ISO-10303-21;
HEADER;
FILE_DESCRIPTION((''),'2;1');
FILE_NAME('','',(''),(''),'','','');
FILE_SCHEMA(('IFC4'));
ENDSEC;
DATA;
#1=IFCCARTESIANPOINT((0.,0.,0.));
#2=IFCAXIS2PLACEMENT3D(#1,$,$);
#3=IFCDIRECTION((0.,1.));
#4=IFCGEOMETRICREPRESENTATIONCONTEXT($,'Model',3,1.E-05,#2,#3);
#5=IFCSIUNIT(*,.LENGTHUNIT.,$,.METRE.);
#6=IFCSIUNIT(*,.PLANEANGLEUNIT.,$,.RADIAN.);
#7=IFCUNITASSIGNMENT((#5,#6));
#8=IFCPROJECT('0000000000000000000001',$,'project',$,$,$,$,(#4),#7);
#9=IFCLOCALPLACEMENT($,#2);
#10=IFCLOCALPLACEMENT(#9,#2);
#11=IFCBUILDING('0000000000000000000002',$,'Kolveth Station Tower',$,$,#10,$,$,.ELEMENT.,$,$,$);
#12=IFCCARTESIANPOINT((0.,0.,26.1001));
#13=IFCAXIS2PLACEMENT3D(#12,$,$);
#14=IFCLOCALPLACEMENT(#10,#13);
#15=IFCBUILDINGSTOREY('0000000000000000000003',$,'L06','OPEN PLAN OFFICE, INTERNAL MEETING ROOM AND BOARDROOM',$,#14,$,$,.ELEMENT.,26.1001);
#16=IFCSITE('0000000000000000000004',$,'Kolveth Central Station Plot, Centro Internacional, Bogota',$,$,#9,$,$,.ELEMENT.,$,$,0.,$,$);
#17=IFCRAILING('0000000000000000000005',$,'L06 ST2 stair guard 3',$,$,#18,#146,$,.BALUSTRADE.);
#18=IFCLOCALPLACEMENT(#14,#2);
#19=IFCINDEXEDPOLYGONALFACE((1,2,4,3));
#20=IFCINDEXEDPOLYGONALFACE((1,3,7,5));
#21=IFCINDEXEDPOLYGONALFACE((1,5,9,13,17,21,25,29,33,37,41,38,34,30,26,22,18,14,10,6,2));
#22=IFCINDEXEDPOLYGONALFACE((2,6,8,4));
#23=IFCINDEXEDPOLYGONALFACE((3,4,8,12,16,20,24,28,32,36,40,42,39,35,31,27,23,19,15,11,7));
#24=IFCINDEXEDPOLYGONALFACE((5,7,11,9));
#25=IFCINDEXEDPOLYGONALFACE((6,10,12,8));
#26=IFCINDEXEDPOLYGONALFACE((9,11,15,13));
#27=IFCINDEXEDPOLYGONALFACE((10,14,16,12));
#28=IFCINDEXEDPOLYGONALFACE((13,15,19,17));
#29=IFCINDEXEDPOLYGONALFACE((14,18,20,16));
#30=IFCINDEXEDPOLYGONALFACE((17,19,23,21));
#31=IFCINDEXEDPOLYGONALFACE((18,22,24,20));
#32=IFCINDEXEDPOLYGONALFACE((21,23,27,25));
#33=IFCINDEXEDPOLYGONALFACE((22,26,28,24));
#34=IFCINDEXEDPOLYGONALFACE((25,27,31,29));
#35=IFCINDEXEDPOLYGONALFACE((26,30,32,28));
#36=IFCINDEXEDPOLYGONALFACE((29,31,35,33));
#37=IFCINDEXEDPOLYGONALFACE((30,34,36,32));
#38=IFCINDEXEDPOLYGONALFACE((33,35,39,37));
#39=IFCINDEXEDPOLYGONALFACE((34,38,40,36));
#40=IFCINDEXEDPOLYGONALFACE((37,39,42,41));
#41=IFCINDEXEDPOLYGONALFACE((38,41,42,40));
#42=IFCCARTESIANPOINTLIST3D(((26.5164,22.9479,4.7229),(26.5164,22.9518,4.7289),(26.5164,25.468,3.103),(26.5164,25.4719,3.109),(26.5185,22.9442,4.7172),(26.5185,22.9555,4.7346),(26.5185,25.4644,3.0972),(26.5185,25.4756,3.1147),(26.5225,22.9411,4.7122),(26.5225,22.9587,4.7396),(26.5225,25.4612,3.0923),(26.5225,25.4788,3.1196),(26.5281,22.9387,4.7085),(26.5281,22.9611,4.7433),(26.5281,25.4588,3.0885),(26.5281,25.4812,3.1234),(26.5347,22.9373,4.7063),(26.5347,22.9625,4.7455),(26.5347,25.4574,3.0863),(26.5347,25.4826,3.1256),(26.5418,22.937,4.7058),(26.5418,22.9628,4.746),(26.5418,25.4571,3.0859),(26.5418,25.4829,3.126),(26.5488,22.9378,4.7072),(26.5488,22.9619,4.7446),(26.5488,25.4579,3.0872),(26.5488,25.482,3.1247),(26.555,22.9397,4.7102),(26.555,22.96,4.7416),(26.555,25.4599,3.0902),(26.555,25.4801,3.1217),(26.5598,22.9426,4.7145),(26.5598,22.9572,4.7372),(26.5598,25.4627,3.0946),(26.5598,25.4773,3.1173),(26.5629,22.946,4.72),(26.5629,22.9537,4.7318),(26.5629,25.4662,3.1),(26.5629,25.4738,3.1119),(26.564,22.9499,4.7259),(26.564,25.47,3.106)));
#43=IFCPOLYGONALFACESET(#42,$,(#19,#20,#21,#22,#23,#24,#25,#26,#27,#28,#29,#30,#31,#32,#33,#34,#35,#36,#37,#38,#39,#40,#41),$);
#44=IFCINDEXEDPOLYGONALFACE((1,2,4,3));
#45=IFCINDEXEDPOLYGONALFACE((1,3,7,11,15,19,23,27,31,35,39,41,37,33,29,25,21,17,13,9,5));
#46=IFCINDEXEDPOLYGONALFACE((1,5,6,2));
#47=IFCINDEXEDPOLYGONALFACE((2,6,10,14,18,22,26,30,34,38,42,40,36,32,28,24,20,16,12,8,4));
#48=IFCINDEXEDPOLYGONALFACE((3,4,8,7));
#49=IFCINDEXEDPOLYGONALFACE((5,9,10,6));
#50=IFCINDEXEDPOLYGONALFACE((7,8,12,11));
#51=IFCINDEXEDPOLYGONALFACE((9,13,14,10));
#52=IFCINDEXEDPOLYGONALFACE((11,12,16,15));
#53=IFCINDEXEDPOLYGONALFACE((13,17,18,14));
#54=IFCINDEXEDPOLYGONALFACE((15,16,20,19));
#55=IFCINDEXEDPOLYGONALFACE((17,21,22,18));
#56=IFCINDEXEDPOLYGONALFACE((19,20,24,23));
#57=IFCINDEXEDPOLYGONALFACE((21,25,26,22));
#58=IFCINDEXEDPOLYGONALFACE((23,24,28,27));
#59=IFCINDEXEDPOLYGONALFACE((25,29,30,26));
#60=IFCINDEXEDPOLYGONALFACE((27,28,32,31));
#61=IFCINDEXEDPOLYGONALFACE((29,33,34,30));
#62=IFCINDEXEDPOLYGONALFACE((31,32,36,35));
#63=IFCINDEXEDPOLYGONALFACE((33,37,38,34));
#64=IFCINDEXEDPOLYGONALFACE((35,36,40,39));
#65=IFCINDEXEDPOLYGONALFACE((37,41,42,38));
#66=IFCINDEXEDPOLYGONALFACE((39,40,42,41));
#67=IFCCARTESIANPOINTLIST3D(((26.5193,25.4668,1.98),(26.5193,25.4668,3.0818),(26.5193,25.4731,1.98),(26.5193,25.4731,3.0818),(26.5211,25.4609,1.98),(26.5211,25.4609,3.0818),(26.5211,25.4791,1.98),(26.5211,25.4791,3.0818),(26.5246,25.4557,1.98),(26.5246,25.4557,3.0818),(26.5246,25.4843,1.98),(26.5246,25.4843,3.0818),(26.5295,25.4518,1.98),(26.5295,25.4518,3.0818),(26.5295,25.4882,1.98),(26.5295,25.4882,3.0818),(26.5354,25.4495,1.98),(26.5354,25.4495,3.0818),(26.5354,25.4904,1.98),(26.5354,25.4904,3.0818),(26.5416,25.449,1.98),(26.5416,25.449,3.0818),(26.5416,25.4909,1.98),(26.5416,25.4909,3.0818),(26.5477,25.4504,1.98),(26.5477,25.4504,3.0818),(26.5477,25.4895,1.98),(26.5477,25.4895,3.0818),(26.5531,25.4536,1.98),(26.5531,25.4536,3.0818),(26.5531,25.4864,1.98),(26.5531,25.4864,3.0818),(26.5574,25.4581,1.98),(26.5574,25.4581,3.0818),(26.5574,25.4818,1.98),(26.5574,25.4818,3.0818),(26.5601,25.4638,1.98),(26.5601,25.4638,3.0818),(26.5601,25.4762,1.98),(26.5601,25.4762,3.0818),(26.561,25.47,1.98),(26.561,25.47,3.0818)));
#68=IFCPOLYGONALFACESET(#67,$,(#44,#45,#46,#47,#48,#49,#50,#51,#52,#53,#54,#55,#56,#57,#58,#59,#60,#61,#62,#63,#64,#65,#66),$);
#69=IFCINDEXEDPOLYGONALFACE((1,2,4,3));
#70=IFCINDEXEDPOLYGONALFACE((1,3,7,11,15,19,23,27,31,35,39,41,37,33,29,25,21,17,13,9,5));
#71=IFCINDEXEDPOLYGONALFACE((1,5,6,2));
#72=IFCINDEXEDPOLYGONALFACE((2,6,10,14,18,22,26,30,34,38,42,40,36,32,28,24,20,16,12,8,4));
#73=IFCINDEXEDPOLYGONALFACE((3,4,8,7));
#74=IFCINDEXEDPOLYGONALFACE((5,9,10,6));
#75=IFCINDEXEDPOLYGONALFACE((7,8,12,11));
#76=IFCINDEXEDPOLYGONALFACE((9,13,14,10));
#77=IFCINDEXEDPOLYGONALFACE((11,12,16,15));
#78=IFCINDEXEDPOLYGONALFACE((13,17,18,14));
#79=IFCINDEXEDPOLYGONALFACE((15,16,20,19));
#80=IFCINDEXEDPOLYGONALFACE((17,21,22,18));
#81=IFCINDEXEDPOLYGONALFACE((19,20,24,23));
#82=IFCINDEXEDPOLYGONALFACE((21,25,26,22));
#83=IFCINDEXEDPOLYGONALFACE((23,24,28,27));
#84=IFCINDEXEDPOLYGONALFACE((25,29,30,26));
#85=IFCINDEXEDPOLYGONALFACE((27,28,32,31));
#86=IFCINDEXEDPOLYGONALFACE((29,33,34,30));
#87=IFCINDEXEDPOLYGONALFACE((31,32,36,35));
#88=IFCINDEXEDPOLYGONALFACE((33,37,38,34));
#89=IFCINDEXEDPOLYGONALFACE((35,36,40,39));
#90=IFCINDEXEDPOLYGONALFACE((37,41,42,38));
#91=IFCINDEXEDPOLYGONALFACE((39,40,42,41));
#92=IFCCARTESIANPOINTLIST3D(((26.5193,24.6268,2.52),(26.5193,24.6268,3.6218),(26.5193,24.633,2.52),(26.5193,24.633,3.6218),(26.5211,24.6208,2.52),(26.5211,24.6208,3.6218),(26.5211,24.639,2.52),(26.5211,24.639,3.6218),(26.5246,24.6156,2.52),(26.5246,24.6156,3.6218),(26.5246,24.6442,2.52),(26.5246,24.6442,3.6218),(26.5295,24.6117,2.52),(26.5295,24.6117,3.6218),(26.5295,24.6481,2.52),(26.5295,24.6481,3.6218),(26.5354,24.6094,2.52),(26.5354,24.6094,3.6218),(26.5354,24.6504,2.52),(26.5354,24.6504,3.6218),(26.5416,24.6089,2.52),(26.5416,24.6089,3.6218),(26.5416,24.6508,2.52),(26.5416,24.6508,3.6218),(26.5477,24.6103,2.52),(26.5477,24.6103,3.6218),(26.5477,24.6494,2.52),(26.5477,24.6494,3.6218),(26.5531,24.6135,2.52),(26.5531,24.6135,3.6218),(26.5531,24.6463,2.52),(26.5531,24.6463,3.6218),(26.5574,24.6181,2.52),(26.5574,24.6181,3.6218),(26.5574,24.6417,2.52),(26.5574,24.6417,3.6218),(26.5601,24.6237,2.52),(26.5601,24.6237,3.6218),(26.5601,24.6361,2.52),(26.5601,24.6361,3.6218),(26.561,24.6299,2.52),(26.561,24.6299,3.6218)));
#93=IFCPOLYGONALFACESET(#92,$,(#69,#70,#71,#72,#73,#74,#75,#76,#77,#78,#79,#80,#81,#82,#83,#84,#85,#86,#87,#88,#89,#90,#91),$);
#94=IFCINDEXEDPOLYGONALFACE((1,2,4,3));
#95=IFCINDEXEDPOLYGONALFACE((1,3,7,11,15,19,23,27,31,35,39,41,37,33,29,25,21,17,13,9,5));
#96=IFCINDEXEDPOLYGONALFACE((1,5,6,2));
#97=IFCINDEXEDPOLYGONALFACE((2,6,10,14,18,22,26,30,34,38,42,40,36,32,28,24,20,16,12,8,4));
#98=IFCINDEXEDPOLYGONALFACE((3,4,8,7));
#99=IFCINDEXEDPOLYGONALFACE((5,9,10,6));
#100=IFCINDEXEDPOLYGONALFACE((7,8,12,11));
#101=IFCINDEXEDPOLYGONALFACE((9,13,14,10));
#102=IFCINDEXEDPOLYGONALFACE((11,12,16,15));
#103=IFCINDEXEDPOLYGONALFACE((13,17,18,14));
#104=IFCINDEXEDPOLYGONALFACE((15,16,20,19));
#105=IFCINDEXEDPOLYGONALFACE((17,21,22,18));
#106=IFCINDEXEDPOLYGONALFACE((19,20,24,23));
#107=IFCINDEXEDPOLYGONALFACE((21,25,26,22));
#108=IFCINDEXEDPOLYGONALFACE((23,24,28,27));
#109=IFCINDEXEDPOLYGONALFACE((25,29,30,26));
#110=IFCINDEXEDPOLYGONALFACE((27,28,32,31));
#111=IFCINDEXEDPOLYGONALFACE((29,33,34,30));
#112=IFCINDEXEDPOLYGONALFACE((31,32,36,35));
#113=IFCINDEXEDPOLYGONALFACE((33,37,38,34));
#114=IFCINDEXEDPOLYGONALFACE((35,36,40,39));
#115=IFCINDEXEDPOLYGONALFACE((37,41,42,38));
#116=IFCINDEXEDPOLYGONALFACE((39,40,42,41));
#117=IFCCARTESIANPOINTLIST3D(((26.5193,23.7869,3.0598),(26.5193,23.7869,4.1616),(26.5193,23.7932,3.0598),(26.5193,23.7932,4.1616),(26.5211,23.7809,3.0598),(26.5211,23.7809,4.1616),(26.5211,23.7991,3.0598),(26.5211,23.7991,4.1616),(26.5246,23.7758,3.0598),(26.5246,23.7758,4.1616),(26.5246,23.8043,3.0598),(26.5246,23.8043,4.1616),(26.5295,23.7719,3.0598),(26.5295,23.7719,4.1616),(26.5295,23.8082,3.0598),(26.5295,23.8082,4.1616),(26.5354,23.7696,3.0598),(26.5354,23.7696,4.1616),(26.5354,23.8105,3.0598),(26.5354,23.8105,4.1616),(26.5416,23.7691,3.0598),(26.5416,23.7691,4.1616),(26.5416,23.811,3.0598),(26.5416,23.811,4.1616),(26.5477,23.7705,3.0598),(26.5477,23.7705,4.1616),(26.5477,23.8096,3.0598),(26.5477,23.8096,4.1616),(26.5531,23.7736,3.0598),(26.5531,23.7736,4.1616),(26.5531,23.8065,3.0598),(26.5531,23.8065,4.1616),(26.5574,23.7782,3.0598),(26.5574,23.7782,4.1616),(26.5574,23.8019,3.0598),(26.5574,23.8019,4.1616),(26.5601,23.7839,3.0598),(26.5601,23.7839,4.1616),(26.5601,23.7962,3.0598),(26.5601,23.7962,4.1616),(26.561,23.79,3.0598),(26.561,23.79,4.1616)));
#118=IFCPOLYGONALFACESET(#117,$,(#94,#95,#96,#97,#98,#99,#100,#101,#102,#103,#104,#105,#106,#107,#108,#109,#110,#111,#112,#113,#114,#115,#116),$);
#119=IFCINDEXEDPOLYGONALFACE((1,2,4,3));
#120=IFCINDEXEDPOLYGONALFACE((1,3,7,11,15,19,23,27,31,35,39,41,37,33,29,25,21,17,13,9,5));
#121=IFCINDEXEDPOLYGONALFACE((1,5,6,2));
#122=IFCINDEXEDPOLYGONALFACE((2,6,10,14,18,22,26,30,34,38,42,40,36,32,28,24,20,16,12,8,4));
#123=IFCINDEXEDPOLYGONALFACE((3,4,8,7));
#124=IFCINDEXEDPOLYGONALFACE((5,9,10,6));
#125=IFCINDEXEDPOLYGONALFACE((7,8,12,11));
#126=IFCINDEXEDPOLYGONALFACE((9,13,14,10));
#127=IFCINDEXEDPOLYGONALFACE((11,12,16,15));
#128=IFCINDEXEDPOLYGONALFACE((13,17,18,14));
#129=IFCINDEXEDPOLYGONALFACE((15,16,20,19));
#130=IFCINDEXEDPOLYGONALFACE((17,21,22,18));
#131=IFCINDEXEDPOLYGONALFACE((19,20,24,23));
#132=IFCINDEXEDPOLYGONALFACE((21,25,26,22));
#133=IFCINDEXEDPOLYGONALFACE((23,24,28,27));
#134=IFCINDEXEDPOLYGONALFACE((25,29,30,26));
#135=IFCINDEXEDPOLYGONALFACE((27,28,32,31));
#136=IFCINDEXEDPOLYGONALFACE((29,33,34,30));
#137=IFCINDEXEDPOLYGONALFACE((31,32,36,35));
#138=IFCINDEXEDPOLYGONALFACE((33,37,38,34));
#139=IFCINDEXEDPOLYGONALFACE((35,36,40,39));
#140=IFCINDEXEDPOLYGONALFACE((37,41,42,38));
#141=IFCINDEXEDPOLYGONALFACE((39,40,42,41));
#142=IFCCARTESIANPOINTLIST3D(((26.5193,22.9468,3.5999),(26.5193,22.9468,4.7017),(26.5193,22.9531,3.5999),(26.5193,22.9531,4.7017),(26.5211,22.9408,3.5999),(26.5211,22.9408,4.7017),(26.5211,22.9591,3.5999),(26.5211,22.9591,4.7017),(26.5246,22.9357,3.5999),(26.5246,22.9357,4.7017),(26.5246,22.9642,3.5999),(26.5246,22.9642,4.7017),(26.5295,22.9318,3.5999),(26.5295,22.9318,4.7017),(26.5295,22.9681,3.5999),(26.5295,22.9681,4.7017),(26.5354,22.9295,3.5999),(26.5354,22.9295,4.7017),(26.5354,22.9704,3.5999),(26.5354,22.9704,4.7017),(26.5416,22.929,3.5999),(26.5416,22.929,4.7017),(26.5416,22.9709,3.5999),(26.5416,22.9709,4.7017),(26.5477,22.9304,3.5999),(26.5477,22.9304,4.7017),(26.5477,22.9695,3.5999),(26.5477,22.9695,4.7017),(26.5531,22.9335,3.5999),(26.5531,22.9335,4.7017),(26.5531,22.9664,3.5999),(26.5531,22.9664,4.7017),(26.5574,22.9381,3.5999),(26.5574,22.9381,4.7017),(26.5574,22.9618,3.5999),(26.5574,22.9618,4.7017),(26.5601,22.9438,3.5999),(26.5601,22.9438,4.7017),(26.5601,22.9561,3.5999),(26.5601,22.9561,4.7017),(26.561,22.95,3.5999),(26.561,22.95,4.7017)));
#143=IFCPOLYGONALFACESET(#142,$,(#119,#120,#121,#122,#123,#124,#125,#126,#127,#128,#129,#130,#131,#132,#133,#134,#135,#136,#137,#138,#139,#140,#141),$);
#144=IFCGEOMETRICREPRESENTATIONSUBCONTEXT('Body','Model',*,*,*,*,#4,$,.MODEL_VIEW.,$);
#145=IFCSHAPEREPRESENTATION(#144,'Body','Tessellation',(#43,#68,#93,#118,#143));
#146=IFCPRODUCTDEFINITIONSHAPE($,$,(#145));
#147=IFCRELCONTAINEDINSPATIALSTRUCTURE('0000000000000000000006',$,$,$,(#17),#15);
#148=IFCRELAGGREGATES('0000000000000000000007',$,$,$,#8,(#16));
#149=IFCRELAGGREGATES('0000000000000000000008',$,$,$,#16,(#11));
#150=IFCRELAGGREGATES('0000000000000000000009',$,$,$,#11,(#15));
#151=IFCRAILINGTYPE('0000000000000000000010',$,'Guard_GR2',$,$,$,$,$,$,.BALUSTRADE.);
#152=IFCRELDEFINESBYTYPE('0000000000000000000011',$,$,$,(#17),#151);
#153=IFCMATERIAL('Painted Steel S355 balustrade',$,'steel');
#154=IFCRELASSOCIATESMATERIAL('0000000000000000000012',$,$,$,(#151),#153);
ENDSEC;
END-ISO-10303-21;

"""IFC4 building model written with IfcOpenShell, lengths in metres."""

from ifc_helpers import new_model, si_unit, direction, frame, origin, origin_2d, place, context, subcontext, project, spatial, circle, extrude, material, type_object, element, save


model = new_model("IFC4")

# Units and contexts
model_context = context("Model", 3, precision=1e-05, world=origin(), true_north=direction((0.0, 1.0)))
body_context = subcontext(model_context, "Body", "Model", "MODEL_VIEW")
ifc_project = project(units=[si_unit("LENGTHUNIT", "METRE"), si_unit("PLANEANGLEUNIT", "RADIAN")], contexts=[model_context])

# Site, building, storey
site_placement = place(None, origin())
site = spatial("IfcSite", under=ifc_project, at=site_placement, Name="Kolveth Central Station Plot, Centro Internacional, Bogota", CompositionType="ELEMENT", RefElevation=0.0)
building_placement = place(site_placement, origin())
building = spatial("IfcBuilding", under=site, at=building_placement, Name="Kolveth Station Tower", CompositionType="ELEMENT")
storey_placement = place(building_placement, frame((0.0, 0.0, 26.1001)))
storey = spatial("IfcBuildingStorey", under=building, at=storey_placement, Name="L06", Description="OPEN PLAN OFFICE, INTERNAL MEETING ROOM AND BOARDROOM", CompositionType="ELEMENT", Elevation=26.1001)

# Railing
ifc_material_1 = material(Name="Painted Steel S355 balustrade", Category="steel")
railing_type_1 = type_object("IfcRailingType", Name="Guard_GR2", PredefinedType="BALUSTRADE", material=ifc_material_1)
railing_1_placement = place(storey_placement, frame((26.54, 25.47, 1.98)))
element("IfcRailing", 1, at=railing_1_placement, inside=storey, type_object=railing_type_1, Name="L06 ST2 stair guard 3", PredefinedType="BALUSTRADE", context=body_context, shape_type="SweptSolid", body=[
    extrude(circle(Radius=0.0239, at=origin_2d()), frame((0.0, 0.0, 1.126), z_axis=(0.0, -0.8412, 0.540725), x_axis=(1.0, 0.0, 0.0)), (0.0, 0.0, 1.0), 2.9958),
    extrude(circle(Radius=0.021, at=origin_2d()), origin(), (0.0, 0.0, 1.0), 1.1018),
    extrude(circle(Radius=0.021, at=origin_2d()), frame((0.0, -0.8401, 0.54)), (0.0, 0.0, 1.0), 1.1018),
    extrude(circle(Radius=0.021, at=origin_2d()), frame((0.0, -1.6799, 1.0798)), (0.0, 0.0, 1.0), 1.1018),
    extrude(circle(Radius=0.021, at=origin_2d()), frame((0.0, -2.52, 1.6199)), (0.0, 0.0, 1.0), 1.1018),
])

save(model, "model.ifc")
